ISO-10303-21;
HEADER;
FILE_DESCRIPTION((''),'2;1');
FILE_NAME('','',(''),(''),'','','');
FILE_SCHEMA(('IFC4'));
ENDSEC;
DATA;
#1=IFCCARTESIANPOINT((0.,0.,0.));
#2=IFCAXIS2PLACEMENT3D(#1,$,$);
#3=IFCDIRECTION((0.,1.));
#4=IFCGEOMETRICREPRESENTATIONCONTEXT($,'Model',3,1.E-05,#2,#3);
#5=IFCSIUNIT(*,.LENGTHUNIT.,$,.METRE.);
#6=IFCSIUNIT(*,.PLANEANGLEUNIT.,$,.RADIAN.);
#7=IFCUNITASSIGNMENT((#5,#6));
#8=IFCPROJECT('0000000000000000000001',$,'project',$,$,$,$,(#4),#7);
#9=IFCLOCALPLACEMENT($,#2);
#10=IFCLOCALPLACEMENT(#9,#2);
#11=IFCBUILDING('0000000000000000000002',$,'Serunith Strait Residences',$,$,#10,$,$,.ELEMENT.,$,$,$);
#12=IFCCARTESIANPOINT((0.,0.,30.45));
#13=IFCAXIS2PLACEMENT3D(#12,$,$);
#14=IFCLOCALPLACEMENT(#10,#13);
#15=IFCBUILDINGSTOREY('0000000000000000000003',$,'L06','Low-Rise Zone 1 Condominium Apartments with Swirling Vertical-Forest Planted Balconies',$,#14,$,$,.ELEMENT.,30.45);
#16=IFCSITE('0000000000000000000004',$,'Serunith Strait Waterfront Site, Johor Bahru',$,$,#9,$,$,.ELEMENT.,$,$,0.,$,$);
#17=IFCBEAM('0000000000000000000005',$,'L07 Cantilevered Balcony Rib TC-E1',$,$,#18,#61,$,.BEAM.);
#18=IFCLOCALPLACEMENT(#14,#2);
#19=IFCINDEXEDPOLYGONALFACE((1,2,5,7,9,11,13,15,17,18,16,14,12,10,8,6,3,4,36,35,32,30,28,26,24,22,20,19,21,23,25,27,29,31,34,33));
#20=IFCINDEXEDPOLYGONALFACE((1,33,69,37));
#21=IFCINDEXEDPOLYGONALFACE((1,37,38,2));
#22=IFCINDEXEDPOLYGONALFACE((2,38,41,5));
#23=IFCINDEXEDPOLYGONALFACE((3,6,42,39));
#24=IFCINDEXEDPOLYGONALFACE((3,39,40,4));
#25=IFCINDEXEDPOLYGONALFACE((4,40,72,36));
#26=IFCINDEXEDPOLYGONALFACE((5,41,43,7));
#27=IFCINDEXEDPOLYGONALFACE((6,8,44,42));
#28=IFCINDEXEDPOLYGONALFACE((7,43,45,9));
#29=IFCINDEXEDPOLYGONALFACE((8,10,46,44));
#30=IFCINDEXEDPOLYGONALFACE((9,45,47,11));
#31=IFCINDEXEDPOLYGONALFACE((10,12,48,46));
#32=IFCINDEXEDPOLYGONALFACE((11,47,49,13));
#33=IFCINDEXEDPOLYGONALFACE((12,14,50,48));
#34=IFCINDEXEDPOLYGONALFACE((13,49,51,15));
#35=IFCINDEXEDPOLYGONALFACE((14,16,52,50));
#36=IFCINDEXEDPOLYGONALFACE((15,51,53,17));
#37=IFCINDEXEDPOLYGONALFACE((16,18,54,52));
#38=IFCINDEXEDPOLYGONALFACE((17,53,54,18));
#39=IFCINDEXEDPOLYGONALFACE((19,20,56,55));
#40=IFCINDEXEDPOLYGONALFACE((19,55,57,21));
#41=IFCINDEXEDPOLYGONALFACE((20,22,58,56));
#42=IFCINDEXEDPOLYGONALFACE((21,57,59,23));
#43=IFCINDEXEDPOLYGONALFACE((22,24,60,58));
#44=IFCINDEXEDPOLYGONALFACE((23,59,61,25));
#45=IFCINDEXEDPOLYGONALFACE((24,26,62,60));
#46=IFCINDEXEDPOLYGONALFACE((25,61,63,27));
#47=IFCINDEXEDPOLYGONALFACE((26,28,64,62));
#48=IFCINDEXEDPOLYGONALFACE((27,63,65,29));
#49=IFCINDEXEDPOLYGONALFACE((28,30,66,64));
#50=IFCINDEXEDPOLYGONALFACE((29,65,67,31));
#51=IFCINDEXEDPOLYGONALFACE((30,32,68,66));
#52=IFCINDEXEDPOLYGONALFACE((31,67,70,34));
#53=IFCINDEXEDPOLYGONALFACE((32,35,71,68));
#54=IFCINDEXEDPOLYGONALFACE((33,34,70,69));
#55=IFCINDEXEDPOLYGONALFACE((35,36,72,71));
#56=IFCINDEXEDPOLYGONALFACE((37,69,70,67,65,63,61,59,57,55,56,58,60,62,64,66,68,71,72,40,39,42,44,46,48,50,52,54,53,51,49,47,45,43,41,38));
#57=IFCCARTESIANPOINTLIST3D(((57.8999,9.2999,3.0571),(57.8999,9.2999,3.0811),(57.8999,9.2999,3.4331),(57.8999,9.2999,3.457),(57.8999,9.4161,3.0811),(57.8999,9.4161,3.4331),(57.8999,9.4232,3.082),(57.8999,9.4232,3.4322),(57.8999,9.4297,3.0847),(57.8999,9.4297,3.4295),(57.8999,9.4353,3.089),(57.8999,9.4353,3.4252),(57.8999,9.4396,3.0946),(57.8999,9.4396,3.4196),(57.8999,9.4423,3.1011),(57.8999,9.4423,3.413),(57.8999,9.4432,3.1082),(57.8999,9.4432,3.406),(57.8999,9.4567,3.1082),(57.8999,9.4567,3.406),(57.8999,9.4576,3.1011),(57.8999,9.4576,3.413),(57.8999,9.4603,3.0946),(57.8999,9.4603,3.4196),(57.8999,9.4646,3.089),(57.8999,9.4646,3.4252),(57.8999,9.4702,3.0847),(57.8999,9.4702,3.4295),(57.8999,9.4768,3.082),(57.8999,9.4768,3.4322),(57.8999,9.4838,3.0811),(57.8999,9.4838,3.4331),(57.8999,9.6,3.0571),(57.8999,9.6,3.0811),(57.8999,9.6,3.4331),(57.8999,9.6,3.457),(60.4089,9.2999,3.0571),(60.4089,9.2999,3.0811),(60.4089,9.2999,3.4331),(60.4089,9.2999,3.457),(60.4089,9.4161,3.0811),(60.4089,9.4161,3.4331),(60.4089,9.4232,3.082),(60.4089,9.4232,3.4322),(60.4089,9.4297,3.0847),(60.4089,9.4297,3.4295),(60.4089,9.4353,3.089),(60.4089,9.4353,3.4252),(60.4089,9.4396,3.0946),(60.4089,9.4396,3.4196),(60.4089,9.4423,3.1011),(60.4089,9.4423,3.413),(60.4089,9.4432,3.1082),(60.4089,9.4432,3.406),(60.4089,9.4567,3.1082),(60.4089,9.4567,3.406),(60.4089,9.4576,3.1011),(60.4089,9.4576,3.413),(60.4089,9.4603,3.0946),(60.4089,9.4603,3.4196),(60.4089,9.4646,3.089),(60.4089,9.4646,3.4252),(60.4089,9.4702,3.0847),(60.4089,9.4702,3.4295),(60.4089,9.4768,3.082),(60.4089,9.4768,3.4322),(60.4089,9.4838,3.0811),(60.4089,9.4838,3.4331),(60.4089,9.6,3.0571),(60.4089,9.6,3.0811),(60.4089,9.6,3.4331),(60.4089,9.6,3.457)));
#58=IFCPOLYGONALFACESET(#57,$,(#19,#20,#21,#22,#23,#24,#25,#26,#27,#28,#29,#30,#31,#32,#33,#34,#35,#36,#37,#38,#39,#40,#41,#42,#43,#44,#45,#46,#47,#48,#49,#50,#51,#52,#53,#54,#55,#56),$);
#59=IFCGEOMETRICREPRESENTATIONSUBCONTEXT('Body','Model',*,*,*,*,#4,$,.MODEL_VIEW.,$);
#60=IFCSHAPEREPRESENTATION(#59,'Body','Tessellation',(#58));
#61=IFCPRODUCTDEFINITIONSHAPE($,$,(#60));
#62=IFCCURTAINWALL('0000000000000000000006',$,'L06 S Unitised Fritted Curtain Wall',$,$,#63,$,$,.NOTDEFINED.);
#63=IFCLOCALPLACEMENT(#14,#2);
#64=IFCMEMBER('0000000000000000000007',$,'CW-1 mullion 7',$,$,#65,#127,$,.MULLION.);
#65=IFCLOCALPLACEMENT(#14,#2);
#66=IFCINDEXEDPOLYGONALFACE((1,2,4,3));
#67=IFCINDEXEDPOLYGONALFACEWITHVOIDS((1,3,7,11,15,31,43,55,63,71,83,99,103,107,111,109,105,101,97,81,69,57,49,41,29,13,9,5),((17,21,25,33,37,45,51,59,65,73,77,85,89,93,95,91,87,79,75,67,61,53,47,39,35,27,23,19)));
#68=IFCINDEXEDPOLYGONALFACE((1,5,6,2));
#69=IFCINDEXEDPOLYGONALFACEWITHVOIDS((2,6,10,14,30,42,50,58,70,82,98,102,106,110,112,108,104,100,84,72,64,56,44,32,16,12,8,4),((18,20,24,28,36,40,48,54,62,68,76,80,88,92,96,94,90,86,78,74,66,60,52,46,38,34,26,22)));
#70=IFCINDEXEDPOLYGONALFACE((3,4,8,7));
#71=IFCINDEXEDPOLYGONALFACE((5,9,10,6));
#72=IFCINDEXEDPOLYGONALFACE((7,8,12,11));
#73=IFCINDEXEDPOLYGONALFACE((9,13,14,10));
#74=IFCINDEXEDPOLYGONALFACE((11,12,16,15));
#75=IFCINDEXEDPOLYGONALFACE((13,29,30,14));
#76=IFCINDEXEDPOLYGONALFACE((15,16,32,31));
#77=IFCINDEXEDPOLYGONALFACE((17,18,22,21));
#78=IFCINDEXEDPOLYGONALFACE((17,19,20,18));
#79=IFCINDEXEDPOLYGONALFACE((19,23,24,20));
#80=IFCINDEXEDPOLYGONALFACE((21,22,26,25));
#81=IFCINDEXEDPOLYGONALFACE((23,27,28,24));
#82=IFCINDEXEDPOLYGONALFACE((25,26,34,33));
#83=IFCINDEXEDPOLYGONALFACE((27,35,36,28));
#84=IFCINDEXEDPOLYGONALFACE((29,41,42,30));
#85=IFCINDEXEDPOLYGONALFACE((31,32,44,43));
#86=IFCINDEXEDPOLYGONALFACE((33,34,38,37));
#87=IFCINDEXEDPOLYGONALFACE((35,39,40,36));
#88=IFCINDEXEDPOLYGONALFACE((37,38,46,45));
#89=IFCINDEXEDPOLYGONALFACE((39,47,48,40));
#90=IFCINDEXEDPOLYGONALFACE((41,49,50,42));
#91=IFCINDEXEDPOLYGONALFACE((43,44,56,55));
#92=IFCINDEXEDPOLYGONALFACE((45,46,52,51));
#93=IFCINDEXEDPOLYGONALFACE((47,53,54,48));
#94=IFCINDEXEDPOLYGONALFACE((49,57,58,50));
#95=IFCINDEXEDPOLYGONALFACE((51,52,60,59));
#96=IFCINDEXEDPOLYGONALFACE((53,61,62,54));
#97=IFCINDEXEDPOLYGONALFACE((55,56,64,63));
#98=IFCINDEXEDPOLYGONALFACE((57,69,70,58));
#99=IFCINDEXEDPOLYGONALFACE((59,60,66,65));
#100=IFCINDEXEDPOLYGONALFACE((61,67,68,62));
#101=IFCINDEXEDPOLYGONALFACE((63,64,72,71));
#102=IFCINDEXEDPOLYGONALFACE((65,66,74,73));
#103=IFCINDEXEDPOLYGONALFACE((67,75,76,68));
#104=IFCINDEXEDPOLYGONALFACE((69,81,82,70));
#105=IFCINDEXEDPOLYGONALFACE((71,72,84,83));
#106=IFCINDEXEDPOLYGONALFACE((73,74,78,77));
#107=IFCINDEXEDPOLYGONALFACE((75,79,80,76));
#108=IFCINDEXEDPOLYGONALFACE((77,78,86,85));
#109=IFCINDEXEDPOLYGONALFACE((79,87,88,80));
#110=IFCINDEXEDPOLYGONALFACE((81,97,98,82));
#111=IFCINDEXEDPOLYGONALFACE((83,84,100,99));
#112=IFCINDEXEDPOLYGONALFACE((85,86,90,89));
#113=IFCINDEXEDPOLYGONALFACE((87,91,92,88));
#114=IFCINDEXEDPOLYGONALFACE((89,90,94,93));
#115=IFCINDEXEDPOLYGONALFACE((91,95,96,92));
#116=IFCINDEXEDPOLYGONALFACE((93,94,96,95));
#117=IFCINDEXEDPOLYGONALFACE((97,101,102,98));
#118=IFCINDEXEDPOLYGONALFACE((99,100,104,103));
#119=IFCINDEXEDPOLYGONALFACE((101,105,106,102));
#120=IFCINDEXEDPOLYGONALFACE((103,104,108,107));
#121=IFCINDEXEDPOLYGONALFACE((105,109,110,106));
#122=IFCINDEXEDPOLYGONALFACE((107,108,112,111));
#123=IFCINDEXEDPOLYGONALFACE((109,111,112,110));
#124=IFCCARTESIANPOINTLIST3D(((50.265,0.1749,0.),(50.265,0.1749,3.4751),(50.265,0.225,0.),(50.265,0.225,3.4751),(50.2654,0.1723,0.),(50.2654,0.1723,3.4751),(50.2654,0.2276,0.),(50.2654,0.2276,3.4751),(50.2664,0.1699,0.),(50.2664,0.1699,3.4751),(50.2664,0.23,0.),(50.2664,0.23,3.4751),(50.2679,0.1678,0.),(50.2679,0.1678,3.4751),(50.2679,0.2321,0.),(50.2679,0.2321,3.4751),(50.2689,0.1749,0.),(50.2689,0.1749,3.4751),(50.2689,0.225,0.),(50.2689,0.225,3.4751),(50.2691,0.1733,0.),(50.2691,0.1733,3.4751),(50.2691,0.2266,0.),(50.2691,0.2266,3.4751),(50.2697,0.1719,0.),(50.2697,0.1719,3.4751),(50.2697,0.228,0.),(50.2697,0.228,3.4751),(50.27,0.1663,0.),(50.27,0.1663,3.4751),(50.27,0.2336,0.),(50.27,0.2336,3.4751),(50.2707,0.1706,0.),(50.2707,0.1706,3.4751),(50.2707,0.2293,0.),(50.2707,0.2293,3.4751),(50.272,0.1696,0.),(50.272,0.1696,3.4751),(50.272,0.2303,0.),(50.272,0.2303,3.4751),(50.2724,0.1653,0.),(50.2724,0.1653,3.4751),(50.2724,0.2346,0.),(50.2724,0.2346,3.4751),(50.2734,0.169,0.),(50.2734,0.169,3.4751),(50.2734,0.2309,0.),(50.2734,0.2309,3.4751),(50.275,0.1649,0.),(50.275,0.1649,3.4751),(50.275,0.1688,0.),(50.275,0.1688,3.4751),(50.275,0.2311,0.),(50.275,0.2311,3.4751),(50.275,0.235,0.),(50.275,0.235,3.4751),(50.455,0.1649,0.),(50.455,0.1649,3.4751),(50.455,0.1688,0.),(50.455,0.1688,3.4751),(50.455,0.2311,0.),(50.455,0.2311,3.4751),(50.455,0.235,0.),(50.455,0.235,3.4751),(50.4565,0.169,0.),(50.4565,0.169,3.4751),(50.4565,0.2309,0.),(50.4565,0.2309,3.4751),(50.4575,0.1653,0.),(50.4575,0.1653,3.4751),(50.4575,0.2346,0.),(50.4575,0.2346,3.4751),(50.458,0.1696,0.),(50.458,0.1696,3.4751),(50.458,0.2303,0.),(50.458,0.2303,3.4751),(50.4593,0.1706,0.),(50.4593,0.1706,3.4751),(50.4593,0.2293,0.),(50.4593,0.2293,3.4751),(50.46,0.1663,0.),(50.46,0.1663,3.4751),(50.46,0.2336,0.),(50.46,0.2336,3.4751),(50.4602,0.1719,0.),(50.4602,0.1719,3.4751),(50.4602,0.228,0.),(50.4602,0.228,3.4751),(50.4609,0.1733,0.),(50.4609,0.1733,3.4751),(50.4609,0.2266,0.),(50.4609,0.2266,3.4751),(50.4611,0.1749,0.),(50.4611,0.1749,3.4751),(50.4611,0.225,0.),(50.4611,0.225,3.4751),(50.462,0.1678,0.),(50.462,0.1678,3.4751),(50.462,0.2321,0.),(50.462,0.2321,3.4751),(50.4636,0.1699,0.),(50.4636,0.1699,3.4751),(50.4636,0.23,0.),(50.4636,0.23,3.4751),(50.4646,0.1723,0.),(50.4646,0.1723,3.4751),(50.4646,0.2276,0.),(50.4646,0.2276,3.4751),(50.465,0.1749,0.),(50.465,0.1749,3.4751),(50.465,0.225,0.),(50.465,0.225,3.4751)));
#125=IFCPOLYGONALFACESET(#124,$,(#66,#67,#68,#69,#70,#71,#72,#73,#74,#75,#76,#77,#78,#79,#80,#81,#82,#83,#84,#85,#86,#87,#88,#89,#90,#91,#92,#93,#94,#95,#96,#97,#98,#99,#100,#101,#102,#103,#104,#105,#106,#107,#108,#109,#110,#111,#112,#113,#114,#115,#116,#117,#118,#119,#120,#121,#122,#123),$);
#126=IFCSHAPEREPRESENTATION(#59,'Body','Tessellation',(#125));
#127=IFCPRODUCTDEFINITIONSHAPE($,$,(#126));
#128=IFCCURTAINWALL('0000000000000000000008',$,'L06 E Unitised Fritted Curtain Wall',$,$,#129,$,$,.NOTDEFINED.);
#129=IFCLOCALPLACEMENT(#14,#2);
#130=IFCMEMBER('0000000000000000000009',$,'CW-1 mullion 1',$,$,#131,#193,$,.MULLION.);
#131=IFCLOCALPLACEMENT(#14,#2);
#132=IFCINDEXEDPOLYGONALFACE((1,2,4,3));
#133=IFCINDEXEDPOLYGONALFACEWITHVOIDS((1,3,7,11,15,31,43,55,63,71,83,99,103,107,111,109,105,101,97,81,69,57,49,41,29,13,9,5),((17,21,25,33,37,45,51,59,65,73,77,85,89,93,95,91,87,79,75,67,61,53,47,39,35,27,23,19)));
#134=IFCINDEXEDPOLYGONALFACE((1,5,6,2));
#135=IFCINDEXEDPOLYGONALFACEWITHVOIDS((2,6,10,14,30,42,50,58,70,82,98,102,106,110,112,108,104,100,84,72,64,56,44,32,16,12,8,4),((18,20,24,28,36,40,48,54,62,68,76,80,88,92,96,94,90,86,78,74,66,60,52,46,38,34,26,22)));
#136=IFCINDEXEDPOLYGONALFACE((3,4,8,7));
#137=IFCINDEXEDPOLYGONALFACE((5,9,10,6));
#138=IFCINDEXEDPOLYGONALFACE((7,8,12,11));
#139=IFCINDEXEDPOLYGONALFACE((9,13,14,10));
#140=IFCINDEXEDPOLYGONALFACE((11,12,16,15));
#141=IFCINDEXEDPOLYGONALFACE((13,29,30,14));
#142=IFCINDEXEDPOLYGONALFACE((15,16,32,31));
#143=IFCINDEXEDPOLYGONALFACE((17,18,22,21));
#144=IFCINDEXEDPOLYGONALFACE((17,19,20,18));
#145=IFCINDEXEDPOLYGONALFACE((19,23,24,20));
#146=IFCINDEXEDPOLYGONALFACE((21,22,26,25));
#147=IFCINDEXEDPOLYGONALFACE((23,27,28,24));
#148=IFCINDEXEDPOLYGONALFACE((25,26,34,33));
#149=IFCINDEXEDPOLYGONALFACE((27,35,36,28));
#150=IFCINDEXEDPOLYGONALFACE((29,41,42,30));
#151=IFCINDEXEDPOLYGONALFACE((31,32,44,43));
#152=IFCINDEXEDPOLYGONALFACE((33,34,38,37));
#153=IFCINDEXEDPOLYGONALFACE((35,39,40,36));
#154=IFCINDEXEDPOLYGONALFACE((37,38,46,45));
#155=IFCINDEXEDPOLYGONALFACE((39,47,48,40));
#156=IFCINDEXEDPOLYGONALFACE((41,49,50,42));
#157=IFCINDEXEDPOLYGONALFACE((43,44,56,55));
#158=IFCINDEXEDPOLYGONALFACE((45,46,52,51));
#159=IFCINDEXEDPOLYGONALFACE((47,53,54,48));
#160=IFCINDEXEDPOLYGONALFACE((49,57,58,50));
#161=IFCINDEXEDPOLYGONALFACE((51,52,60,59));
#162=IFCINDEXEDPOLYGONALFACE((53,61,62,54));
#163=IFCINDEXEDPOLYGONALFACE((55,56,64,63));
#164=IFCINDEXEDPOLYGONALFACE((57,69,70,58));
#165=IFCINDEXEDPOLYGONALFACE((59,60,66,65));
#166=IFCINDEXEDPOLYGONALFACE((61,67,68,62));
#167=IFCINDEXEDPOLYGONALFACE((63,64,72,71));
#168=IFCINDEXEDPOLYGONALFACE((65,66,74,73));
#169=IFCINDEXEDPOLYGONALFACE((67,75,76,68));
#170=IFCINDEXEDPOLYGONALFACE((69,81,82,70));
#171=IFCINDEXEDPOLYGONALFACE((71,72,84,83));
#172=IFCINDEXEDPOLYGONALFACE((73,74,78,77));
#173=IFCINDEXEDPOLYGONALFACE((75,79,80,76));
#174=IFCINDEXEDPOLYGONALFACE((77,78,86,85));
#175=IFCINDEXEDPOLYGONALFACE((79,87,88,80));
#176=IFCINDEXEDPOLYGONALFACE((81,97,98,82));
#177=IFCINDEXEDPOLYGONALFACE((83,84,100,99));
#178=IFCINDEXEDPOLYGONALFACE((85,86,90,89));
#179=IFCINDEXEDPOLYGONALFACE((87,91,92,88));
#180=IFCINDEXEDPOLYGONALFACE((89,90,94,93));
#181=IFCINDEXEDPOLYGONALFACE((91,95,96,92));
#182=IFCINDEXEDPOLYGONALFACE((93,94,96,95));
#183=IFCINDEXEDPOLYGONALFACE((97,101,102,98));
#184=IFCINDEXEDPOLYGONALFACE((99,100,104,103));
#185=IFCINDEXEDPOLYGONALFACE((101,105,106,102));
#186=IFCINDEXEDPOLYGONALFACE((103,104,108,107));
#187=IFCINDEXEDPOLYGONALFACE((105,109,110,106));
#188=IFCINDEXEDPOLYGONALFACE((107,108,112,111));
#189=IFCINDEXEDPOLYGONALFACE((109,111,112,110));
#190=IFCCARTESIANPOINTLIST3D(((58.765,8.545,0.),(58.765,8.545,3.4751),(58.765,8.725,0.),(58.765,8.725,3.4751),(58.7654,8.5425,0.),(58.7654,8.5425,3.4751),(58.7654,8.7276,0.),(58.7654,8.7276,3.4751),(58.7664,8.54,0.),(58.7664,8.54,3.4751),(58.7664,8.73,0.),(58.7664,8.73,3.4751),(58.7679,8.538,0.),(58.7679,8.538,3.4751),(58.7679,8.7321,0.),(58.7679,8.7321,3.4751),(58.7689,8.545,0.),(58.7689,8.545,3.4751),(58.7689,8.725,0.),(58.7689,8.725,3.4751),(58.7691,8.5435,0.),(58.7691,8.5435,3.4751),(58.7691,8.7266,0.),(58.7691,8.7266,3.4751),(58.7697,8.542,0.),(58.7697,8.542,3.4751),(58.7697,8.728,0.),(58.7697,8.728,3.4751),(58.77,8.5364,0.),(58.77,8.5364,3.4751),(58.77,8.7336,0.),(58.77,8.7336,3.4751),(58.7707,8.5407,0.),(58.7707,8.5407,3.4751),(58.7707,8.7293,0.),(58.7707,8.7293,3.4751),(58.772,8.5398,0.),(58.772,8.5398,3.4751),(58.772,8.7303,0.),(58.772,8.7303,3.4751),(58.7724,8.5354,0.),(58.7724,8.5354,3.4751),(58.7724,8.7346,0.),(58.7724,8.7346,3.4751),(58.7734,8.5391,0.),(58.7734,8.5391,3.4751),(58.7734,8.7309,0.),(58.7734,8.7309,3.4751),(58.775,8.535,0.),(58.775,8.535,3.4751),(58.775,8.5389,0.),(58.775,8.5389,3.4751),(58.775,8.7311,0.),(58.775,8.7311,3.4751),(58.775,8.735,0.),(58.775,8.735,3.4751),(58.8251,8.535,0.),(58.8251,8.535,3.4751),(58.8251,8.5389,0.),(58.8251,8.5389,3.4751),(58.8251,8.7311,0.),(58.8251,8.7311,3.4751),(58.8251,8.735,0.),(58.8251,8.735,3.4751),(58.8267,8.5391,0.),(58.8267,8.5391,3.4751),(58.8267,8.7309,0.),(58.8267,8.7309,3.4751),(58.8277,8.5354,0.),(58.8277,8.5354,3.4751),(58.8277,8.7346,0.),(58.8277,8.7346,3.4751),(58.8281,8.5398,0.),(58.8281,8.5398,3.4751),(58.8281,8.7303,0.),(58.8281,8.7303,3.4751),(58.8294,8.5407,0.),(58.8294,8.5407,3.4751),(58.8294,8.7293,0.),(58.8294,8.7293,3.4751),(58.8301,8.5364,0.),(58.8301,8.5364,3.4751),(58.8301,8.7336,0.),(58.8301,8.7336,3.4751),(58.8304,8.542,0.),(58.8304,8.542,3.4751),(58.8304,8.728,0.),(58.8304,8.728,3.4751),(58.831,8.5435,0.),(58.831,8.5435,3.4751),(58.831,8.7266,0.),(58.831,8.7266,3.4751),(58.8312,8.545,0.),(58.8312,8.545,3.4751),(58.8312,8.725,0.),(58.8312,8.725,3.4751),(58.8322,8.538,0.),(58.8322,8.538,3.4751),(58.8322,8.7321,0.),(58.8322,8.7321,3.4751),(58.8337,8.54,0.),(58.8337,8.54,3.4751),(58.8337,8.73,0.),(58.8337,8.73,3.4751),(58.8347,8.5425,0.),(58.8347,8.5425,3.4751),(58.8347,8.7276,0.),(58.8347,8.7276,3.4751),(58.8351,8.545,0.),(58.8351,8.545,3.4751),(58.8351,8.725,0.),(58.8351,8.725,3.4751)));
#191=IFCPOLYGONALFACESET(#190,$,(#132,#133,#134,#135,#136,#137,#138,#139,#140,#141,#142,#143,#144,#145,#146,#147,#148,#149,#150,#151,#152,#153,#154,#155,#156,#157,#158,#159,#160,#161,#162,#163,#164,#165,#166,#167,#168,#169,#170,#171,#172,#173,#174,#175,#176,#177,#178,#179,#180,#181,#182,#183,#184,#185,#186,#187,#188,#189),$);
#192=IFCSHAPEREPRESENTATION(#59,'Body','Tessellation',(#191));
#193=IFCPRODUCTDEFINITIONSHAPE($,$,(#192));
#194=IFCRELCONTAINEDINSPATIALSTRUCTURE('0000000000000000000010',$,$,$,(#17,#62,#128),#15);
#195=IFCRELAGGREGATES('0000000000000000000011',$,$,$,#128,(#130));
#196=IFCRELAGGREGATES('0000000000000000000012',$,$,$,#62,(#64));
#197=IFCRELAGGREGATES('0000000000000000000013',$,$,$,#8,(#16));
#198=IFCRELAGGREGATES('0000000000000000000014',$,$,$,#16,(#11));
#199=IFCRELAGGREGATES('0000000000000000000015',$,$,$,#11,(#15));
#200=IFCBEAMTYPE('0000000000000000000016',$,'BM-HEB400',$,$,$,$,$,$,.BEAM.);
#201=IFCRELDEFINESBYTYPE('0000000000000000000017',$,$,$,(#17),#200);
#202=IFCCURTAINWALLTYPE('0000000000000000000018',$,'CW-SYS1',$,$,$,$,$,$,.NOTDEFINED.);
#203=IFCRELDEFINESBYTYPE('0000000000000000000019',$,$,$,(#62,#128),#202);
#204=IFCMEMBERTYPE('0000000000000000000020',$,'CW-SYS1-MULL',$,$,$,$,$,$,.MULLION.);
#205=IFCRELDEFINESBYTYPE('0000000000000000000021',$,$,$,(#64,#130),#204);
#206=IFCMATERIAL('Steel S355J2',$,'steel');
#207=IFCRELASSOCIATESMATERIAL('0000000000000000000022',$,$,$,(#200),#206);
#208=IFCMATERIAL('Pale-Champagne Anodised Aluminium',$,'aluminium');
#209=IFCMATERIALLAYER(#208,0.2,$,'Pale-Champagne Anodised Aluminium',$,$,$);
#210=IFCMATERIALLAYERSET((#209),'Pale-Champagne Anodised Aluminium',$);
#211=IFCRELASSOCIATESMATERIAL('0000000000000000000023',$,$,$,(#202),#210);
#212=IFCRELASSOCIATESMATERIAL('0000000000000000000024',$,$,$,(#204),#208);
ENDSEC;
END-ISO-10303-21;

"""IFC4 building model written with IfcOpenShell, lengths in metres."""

from ifc_helpers import new_model, si_unit, direction, frame, origin, origin_2d, place, context, subcontext, project, spatial, hollow_rectangle, i_section, extrude, source, transform, mapped, material, layer, layer_set, material_profile, profile_set, type_object, element, aggregate, save


model = new_model("IFC4")

# Units and contexts
model_context = context("Model", 3, precision=1e-05, world=origin(), true_north=direction((0.0, 1.0)))
body_context = subcontext(model_context, "Body", "Model", "MODEL_VIEW")
ifc_project = project(units=[si_unit("LENGTHUNIT", "METRE"), si_unit("PLANEANGLEUNIT", "RADIAN")], contexts=[model_context])

# Site, building, storey
site_placement = place(None, origin())
site = spatial("IfcSite", under=ifc_project, at=site_placement, Name="Serunith Strait Waterfront Site, Johor Bahru", CompositionType="ELEMENT", RefElevation=0.0)
building_placement = place(site_placement, origin())
building = spatial("IfcBuilding", under=site, at=building_placement, Name="Serunith Strait Residences", CompositionType="ELEMENT")
storey_placement = place(building_placement, frame((0.0, 0.0, 30.45)))
storey = spatial("IfcBuildingStorey", under=building, at=storey_placement, Name="L06", Description="Low-Rise Zone 1 Condominium Apartments with Swirling Vertical-Forest Planted Balconies", CompositionType="ELEMENT", Elevation=30.45)

# Beam
ifc_material_1 = material(Name="Steel S355J2", Category="steel")
ifc_material_profile_1 = material_profile(ifc_material_1, i_section(OverallWidth=0.3, OverallDepth=0.3999, WebThickness=0.0134, FlangeThickness=0.0239, FilletRadius=0.0271, at=origin_2d()), Name="HEB 400")
ifc_profile_set_1 = profile_set([ifc_material_profile_1], Name="Steel S355J2")
beam_type_1 = type_object("IfcBeamType", Name="BM-HEB400", PredefinedType="BEAM", material=ifc_profile_set_1)
shared_shape_1 = source(origin(), body_context, "Body", "SweptSolid", [
    extrude(i_section(OverallWidth=0.3, OverallDepth=0.3999, WebThickness=0.0134, FlangeThickness=0.0239, FilletRadius=0.0271, at=origin_2d()), origin(), (0.0, 0.0, 1.0), 2.509),
])
beam_1_placement = place(storey_placement, frame((57.8999, 9.45, 3.2571), z_axis=(1.0, 0.0, 0.0), x_axis=(0.0, 1.0, 0.0)))
element("IfcBeam", 1, at=beam_1_placement, inside=storey, type_object=beam_type_1, Name="L07 Cantilevered Balcony Rib TC-E1", PredefinedType="BEAM", context=body_context, shape_type="MappedRepresentation", body=[
    mapped(shared_shape_1, transform((0.0, 0.0, 0.0), scale=1.0)),
])

# Curtain wall, member
ifc_material_2 = material(Name="Pale-Champagne Anodised Aluminium", Category="aluminium")
ifc_layer_1 = layer(ifc_material_2, 0.2, Name="Pale-Champagne Anodised Aluminium")
ifc_layer_set_1 = layer_set([ifc_layer_1], Name="Pale-Champagne Anodised Aluminium")
curtain_wall_type = type_object("IfcCurtainWallType", Name="CW-SYS1", PredefinedType="NOTDEFINED", material=ifc_layer_set_1)
curtain_wall_1_placement = place(storey_placement, origin())
curtain_wall_1 = element("IfcCurtainWall", 2, at=curtain_wall_1_placement, inside=storey, type_object=curtain_wall_type, Name="L06 S Unitised Fritted Curtain Wall", PredefinedType="NOTDEFINED")
ifc_material_profile_2 = material_profile(ifc_material_2, hollow_rectangle(XDim=0.0701, YDim=0.2, WallThickness=0.0039, InnerFilletRadius=0.0061, OuterFilletRadius=0.01, at=origin_2d()), Name="ALU 200x70x4")
ifc_profile_set_2 = profile_set([ifc_material_profile_2], Name="Pale-Champagne Anodised Aluminium")
member_type_1 = type_object("IfcMemberType", Name="CW-SYS1-MULL", PredefinedType="MULLION", material=ifc_profile_set_2)
shared_shape_2 = source(origin(), body_context, "Body", "SweptSolid", [
    extrude(hollow_rectangle(XDim=0.0701, YDim=0.2, WallThickness=0.0039, InnerFilletRadius=0.0061, OuterFilletRadius=0.01, at=origin_2d()), origin(), (0.0, 0.0, 1.0), 3.4751),
])
member_1_placement = place(storey_placement, frame((50.365, 0.2, 0.0), z_axis=(0.0, 0.0, 1.0), x_axis=(0.0, 1.0, 0.0)))
member_1 = element("IfcMember", 3, at=member_1_placement, type_object=member_type_1, Name="CW-1 mullion 7", PredefinedType="MULLION", context=body_context, shape_type="MappedRepresentation", body=[
    mapped(shared_shape_2, transform((0.0, 0.0, 0.0), scale=1.0)),
])

# Curtain wall, member
curtain_wall_2_placement = place(storey_placement, origin())
curtain_wall_2 = element("IfcCurtainWall", 4, at=curtain_wall_2_placement, inside=storey, type_object=curtain_wall_type, Name="L06 E Unitised Fritted Curtain Wall", PredefinedType="NOTDEFINED")
member_2_placement = place(storey_placement, frame((58.8, 8.635, 0.0), z_axis=(0.0, 0.0, 1.0), x_axis=(-1.0, 0.0, 0.0)))
member_2 = element("IfcMember", 5, at=member_2_placement, type_object=member_type_1, Name="CW-1 mullion 1", PredefinedType="MULLION", context=body_context, shape_type="MappedRepresentation", body=[
    mapped(shared_shape_2, transform((0.0, 0.0, 0.0), scale=1.0)),
])
aggregate(curtain_wall_2, [member_2])

aggregate(curtain_wall_1, [member_1])

save(model, "model.ifc")
